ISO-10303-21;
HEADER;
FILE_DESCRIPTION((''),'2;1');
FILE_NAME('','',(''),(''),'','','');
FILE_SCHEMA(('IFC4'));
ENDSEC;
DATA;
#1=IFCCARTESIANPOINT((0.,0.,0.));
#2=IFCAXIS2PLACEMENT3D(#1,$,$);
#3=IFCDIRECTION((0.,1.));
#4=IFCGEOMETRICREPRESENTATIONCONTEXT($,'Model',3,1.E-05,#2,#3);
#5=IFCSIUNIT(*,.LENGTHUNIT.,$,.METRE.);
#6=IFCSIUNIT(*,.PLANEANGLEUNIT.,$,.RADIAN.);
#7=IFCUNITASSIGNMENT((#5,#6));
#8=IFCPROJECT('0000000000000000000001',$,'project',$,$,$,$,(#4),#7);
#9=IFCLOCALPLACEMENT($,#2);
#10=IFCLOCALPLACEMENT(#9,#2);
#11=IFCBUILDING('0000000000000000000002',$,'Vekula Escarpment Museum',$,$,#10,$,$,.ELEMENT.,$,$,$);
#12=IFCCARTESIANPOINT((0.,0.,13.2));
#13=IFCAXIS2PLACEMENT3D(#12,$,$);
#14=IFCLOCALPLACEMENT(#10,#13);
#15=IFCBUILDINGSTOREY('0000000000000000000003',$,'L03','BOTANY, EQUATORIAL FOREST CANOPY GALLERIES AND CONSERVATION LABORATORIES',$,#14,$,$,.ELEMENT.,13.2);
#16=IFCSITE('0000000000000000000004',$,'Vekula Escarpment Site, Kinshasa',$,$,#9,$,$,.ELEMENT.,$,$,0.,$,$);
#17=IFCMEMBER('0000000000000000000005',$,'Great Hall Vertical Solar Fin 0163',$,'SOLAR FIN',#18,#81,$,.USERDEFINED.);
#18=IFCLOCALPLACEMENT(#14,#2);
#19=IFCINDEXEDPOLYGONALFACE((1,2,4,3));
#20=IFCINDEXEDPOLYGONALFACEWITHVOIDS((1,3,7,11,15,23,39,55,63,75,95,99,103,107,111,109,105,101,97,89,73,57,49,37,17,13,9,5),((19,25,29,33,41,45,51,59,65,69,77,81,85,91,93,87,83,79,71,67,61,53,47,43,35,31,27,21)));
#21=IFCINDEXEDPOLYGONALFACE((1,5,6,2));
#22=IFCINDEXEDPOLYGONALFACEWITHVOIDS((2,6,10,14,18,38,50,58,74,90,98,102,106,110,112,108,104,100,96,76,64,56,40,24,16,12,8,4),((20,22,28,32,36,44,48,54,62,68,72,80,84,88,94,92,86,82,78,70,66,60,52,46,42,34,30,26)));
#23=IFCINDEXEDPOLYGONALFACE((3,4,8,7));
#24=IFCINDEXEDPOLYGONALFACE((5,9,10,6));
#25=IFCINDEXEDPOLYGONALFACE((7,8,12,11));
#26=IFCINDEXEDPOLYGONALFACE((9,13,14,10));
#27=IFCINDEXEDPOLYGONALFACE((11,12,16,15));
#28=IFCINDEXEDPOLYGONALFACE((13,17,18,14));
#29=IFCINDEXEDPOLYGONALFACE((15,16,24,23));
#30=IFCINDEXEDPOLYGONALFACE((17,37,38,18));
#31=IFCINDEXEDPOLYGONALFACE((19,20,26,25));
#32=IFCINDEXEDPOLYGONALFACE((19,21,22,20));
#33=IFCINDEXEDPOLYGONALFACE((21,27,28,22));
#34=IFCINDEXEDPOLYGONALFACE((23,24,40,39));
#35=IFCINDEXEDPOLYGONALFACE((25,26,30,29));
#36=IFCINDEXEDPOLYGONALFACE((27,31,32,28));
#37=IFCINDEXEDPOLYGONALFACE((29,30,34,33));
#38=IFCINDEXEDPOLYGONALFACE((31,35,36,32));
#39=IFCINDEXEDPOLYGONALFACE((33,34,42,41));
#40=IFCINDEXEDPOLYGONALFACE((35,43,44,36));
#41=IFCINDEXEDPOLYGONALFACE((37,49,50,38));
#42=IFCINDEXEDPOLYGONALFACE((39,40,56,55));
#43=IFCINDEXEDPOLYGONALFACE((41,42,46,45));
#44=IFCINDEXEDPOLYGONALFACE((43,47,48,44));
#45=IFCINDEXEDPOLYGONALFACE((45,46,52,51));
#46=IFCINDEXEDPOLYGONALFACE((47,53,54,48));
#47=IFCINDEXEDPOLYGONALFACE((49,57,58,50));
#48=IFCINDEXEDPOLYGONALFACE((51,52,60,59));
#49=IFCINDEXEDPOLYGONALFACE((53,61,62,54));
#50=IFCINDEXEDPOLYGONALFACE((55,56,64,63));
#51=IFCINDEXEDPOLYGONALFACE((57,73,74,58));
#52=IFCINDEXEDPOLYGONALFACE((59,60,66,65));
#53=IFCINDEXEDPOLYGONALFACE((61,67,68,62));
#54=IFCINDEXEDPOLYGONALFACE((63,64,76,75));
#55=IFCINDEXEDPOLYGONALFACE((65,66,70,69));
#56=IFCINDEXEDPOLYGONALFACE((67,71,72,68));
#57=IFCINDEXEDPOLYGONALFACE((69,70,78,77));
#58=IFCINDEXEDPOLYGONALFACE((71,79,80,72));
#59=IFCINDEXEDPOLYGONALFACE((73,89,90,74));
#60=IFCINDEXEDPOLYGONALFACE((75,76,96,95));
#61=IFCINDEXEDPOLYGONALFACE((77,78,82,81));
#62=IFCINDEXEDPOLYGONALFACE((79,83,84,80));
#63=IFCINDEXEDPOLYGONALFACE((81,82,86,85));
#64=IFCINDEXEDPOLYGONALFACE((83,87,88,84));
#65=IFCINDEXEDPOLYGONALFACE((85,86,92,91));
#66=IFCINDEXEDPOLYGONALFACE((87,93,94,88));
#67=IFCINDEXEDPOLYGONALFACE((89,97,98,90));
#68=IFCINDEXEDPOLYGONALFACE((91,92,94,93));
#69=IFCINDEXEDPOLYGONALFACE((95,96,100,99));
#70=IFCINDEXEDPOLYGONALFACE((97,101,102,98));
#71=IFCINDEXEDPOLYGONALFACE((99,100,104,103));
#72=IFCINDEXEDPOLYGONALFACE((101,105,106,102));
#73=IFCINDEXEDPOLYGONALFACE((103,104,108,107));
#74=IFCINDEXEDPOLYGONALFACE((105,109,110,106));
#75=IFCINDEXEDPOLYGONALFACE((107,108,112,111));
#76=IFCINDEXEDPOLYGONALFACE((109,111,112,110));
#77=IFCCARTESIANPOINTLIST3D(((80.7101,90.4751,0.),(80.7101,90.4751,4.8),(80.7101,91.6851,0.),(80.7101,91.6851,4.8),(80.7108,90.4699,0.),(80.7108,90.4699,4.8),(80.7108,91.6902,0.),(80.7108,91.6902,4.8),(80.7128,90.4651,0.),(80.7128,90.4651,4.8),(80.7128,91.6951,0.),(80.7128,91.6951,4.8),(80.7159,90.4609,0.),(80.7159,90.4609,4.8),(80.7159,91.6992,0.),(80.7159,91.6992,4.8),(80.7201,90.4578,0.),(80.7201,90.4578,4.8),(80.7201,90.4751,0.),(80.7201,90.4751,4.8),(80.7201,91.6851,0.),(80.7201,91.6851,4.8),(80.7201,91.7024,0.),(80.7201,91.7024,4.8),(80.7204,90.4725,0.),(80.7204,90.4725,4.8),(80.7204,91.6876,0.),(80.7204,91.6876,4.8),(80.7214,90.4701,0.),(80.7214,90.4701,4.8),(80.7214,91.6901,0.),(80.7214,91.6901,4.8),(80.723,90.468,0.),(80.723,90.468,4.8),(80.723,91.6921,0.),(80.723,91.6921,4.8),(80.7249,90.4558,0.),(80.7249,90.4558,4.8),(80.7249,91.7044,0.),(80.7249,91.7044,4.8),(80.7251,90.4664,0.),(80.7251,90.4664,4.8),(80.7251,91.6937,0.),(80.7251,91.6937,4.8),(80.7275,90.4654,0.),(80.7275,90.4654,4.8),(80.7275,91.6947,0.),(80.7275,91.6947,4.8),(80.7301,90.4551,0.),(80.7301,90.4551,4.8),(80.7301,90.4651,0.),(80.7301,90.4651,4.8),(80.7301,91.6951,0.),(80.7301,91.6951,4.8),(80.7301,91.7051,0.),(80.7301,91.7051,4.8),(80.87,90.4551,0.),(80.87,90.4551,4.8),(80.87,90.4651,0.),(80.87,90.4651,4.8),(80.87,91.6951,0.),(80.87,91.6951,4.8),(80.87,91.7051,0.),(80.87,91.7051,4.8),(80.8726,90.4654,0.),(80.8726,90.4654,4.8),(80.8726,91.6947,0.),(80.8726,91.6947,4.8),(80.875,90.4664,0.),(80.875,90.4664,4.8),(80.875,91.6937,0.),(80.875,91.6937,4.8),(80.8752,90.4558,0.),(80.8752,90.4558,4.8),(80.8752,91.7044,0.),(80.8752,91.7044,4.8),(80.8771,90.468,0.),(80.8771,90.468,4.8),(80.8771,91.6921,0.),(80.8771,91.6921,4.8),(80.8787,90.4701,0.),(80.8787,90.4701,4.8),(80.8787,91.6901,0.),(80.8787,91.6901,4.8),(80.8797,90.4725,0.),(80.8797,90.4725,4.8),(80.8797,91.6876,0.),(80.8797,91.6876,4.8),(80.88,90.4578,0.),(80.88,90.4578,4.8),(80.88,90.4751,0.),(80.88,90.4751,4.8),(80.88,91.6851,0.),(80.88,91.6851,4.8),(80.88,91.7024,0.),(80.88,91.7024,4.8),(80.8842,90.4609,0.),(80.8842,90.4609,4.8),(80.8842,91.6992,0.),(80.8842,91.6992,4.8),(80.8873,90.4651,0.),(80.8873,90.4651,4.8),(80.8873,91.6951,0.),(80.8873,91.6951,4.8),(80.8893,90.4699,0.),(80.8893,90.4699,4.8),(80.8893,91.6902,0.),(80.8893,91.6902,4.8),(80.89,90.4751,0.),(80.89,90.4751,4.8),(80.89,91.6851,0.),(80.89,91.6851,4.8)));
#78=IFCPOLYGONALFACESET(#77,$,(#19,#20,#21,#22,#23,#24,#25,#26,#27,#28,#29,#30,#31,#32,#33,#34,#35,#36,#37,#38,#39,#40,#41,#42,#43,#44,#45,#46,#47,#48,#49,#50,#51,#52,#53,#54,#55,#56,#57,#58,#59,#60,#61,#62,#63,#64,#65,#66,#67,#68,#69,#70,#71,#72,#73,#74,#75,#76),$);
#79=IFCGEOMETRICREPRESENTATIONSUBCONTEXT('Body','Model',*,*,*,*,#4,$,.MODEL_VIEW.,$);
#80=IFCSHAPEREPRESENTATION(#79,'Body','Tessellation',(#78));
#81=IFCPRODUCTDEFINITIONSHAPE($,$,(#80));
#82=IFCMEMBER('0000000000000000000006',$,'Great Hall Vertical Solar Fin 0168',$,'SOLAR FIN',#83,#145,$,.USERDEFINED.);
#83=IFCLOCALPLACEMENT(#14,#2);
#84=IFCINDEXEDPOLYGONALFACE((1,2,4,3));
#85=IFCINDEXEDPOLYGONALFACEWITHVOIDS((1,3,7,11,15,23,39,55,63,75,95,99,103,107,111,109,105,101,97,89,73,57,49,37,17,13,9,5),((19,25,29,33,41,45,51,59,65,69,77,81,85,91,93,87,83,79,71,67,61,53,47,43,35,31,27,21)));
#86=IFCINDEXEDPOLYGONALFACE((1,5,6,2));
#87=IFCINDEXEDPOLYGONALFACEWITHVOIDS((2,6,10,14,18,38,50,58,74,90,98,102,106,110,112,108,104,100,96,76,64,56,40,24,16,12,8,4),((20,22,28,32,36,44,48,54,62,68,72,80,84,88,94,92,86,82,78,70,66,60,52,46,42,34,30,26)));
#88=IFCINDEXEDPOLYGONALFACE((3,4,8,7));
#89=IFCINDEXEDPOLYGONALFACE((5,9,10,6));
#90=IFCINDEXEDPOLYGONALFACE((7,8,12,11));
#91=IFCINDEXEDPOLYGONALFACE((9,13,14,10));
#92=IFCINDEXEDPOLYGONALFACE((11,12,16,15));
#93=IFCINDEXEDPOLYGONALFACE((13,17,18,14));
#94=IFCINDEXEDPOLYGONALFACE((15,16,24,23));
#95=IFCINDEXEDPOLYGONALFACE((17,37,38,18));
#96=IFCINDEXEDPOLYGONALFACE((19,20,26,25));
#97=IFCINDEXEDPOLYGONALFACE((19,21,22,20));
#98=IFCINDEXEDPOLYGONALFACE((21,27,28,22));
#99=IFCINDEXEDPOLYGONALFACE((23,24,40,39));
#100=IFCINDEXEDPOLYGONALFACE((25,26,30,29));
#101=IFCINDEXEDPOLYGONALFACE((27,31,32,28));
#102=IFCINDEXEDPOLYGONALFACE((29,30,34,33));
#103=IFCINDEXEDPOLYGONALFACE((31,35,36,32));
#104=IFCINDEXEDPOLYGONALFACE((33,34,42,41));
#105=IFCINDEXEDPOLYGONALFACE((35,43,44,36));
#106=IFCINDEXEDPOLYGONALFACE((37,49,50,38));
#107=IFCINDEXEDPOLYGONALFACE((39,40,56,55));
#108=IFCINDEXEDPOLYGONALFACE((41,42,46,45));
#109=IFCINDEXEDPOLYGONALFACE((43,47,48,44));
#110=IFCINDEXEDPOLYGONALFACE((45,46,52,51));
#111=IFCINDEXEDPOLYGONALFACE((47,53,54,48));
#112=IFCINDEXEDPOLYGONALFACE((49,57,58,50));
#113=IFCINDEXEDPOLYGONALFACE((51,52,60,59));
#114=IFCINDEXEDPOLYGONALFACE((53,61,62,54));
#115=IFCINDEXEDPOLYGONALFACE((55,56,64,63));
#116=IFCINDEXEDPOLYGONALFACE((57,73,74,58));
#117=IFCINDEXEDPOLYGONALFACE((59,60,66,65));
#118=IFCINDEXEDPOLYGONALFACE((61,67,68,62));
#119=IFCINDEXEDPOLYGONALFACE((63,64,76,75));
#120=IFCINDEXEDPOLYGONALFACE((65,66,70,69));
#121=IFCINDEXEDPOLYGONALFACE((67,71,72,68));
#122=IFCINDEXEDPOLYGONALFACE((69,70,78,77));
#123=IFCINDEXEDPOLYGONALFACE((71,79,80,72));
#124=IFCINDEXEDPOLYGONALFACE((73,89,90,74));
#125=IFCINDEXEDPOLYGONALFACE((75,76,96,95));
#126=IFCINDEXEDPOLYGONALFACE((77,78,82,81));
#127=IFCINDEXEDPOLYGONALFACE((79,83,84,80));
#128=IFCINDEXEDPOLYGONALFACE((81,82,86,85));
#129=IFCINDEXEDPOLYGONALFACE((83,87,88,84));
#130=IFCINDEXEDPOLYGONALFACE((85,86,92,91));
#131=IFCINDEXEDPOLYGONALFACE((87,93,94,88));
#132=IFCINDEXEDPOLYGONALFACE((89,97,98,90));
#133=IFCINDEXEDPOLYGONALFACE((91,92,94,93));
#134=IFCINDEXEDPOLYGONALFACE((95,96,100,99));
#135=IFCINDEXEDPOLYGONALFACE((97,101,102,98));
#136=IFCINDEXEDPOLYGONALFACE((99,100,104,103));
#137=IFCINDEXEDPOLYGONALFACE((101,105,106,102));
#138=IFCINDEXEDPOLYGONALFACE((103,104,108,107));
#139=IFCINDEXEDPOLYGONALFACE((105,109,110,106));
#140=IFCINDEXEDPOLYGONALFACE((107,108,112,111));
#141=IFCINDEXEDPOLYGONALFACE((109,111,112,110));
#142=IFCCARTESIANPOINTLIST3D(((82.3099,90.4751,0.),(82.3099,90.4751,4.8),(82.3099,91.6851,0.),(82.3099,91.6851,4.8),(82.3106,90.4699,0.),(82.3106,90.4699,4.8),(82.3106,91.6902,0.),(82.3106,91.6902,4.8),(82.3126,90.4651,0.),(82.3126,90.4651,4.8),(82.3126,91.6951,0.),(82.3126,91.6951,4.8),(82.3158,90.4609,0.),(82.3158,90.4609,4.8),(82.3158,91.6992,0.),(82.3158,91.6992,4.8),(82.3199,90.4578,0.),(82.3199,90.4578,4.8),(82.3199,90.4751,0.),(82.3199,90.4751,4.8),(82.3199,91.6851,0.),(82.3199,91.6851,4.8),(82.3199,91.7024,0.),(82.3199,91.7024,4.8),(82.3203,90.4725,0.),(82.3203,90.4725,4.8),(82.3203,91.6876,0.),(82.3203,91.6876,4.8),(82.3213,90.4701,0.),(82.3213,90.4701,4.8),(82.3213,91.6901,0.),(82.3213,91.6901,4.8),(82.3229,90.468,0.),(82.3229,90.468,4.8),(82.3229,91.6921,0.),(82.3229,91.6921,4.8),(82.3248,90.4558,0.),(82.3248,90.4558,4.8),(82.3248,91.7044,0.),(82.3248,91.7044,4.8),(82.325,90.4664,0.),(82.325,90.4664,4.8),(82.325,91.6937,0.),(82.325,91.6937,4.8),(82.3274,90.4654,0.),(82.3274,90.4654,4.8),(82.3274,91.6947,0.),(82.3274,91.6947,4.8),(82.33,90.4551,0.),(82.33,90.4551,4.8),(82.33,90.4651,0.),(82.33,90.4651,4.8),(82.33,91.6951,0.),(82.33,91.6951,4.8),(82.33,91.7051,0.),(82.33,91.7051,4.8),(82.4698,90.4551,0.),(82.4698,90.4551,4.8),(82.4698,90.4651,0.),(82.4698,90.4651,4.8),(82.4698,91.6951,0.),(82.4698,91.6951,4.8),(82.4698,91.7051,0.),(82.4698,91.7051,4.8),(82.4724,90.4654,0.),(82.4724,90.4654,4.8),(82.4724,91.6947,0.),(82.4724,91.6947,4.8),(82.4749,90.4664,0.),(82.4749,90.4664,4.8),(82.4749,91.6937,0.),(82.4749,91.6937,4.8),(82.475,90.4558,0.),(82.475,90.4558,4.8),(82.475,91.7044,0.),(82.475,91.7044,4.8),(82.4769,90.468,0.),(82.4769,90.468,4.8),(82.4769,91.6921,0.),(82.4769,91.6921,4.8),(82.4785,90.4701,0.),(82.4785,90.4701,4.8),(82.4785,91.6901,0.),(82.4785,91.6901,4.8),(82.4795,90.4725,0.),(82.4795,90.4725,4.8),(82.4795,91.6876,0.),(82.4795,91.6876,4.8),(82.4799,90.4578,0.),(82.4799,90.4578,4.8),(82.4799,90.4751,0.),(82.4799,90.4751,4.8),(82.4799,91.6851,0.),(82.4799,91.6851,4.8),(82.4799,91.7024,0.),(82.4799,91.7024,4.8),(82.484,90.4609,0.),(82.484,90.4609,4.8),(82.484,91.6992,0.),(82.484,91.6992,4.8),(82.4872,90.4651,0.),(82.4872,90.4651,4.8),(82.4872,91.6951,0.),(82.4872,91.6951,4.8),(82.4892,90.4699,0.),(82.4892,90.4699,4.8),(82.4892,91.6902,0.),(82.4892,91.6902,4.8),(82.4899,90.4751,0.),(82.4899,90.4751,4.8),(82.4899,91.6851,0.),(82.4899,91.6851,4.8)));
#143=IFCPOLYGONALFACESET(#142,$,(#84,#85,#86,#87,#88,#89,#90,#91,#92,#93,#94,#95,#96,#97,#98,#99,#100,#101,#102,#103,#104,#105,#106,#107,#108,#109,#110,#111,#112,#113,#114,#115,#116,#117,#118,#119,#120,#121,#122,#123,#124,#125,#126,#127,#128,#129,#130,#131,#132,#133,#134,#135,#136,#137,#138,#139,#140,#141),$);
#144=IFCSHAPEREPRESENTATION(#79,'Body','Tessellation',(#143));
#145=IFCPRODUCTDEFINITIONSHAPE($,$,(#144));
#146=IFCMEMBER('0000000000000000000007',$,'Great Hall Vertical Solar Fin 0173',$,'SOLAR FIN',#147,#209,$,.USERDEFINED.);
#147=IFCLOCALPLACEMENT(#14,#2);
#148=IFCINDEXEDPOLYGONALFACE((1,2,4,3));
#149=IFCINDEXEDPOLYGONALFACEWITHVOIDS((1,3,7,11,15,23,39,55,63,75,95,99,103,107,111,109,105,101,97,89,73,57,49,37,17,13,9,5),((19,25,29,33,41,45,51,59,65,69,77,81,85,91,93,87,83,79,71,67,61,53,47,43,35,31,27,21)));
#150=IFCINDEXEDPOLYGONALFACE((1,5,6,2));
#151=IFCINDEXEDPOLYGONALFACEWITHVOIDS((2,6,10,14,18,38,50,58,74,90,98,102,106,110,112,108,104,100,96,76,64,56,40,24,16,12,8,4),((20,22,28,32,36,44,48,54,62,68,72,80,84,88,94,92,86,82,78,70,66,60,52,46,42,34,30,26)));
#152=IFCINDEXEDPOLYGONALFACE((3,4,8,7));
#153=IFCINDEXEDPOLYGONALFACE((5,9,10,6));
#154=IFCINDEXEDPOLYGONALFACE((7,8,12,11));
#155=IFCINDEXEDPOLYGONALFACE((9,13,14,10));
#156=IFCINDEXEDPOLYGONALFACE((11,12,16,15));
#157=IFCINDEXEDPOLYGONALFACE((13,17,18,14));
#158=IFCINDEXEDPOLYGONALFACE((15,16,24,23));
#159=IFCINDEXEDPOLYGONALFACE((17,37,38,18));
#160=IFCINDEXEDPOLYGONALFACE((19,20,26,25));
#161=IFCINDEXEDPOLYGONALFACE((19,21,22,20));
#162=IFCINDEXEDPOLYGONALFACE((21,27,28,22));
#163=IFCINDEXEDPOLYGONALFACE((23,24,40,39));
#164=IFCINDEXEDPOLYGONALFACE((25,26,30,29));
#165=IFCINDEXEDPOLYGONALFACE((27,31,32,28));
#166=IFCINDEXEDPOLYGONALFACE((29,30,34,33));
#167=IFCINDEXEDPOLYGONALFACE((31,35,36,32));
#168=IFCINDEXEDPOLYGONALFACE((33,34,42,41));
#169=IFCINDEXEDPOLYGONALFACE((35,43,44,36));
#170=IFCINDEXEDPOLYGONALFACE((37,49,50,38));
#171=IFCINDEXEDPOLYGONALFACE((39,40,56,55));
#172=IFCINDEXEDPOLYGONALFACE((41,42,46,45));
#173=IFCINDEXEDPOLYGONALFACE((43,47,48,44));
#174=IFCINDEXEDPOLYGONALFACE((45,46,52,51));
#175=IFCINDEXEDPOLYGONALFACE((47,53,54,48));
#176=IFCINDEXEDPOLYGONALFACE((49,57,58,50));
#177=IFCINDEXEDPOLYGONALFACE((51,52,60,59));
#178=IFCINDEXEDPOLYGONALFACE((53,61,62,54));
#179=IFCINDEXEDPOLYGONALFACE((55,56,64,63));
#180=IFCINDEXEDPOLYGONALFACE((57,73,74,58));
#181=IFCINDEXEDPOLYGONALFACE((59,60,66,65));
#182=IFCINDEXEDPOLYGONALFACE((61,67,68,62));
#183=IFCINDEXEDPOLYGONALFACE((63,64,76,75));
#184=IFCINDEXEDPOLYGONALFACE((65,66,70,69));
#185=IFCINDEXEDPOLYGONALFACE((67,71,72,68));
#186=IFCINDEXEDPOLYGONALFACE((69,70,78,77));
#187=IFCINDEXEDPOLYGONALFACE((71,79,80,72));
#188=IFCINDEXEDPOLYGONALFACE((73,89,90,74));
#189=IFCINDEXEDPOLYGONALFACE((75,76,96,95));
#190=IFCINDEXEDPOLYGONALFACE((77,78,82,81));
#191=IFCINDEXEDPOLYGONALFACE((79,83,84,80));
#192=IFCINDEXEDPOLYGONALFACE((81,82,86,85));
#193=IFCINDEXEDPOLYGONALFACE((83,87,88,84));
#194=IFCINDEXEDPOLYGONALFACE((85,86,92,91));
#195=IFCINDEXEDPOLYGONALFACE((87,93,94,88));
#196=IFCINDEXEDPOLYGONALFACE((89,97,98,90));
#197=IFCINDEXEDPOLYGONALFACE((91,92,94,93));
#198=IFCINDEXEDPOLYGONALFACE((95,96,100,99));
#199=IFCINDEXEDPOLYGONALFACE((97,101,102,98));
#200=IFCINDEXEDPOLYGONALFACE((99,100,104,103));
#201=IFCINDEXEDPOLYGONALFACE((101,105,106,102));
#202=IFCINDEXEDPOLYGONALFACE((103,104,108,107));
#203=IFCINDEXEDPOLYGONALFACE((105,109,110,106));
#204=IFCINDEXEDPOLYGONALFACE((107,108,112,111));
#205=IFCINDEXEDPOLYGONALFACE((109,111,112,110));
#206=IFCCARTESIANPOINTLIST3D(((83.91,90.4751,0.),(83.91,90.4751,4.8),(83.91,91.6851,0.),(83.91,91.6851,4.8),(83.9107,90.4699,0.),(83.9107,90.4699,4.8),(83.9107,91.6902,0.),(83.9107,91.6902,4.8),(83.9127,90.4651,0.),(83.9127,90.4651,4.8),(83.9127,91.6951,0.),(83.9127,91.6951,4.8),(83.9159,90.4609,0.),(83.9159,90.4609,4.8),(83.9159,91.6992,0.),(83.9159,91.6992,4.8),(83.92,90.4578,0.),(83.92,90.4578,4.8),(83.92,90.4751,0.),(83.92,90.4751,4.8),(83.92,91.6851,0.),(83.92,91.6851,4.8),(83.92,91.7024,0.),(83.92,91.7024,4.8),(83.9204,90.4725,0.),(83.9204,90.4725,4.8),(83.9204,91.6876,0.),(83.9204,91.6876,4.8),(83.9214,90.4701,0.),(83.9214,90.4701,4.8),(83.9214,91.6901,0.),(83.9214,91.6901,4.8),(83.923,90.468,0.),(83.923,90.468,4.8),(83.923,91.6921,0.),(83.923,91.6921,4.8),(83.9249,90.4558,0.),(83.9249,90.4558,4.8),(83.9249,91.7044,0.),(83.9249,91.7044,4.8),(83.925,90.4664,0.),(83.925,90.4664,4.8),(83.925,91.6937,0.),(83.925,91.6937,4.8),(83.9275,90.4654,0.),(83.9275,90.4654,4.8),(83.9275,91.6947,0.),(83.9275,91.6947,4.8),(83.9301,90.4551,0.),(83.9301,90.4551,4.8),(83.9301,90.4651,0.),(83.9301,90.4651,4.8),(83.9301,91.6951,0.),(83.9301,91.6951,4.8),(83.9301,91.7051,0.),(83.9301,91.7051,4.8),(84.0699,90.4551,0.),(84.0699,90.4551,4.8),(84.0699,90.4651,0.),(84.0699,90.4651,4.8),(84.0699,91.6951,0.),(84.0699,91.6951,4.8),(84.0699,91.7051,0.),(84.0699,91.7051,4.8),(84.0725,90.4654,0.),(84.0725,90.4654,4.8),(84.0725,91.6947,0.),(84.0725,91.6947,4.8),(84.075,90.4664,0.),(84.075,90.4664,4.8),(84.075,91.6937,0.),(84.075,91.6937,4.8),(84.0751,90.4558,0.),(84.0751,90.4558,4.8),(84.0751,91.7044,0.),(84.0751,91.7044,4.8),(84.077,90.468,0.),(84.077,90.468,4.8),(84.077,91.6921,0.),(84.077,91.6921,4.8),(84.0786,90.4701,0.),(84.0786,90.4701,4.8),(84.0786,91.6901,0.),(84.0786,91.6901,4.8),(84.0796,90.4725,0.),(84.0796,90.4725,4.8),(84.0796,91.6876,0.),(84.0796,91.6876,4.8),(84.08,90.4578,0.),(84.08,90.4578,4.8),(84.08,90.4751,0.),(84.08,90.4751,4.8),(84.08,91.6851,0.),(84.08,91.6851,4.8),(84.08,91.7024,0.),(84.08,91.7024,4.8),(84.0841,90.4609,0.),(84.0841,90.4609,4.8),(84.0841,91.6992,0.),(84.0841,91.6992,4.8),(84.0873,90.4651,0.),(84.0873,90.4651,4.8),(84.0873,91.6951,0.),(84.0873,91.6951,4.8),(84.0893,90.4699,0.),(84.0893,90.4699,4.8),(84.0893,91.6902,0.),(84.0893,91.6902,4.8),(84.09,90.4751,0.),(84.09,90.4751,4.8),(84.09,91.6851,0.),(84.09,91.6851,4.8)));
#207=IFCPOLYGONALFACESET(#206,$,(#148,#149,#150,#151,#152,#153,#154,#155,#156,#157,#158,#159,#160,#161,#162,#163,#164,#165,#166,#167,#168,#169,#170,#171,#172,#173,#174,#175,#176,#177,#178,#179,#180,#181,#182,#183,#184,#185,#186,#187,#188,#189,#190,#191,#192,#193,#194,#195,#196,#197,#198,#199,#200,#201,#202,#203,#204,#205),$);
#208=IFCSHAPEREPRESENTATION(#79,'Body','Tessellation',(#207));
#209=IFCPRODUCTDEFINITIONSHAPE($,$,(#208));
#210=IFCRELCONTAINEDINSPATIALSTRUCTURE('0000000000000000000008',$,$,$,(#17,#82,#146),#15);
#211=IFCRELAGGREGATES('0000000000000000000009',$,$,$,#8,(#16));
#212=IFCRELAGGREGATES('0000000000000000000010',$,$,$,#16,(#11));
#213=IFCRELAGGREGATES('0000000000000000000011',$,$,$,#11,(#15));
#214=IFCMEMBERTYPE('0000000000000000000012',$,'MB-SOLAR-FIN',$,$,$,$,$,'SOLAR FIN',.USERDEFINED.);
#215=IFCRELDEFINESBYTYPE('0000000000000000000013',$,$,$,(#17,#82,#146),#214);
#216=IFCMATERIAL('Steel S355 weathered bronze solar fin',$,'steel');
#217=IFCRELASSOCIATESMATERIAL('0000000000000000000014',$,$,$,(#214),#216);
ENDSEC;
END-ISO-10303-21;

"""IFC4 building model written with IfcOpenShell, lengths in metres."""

from ifc_helpers import new_model, si_unit, direction, frame, origin, origin_2d, place, context, subcontext, project, spatial, hollow_rectangle, extrude, material, material_profile, profile_set, type_object, element, save


model = new_model("IFC4")

# Units and contexts
model_context = context("Model", 3, precision=1e-05, world=origin(), true_north=direction((0.0, 1.0)))
body_context = subcontext(model_context, "Body", "Model", "MODEL_VIEW")
ifc_project = project(units=[si_unit("LENGTHUNIT", "METRE"), si_unit("PLANEANGLEUNIT", "RADIAN")], contexts=[model_context])

# Site, building, storey
site_placement = place(None, origin())
site = spatial("IfcSite", under=ifc_project, at=site_placement, Name="Vekula Escarpment Site, Kinshasa", CompositionType="ELEMENT", RefElevation=0.0)
building_placement = place(site_placement, origin())
building = spatial("IfcBuilding", under=site, at=building_placement, Name="Vekula Escarpment Museum", CompositionType="ELEMENT")
storey_placement = place(building_placement, frame((0.0, 0.0, 13.2)))
storey = spatial("IfcBuildingStorey", under=building, at=storey_placement, Name="L03", Description="BOTANY, EQUATORIAL FOREST CANOPY GALLERIES AND CONSERVATION LABORATORIES", CompositionType="ELEMENT", Elevation=13.2)

# Members
ifc_material_1 = material(Name="Steel S355 weathered bronze solar fin", Category="steel")
ifc_material_profile_1 = material_profile(ifc_material_1, hollow_rectangle(XDim=0.1799, YDim=1.25, WallThickness=0.01, InnerFilletRadius=0.01, OuterFilletRadius=0.02, at=origin_2d()), Name="RHS 1250x180x10")
ifc_profile_set_1 = profile_set([ifc_material_profile_1], Name="Steel S355 weathered bronze solar fin")
member_type_1 = type_object("IfcMemberType", Name="MB-SOLAR-FIN", ElementType="SOLAR FIN", PredefinedType="USERDEFINED", material=ifc_profile_set_1)
for number, where, z_axis, x_axis, name in (
    (1, (80.8, 91.0801, 0.0), (0.0, 0.0, 1.0), (1.0, 0.0, 0.0), "Great Hall Vertical Solar Fin 0163"),
    (2, (82.3999, 91.0801, 0.0), (0.0, 0.0, 1.0), (1.0, 0.0, 0.0), "Great Hall Vertical Solar Fin 0168"),
    (3, (84.0, 91.0801, 0.0), (0.0, 0.0, 1.0), (1.0, 0.0, 0.0), "Great Hall Vertical Solar Fin 0173"),
):
    element("IfcMember", number, at=place(storey_placement, frame(where, z_axis=z_axis, x_axis=x_axis)), inside=storey, type_object=member_type_1, Name=name, ObjectType="SOLAR FIN", PredefinedType="USERDEFINED", context=body_context, shape_type="SweptSolid", body=[
        extrude(hollow_rectangle(XDim=0.1799, YDim=1.25, WallThickness=0.01, InnerFilletRadius=0.01, OuterFilletRadius=0.02, at=origin_2d()), origin(), (0.0, 0.0, 1.0), 4.8),
    ])

save(model, "model.ifc")
